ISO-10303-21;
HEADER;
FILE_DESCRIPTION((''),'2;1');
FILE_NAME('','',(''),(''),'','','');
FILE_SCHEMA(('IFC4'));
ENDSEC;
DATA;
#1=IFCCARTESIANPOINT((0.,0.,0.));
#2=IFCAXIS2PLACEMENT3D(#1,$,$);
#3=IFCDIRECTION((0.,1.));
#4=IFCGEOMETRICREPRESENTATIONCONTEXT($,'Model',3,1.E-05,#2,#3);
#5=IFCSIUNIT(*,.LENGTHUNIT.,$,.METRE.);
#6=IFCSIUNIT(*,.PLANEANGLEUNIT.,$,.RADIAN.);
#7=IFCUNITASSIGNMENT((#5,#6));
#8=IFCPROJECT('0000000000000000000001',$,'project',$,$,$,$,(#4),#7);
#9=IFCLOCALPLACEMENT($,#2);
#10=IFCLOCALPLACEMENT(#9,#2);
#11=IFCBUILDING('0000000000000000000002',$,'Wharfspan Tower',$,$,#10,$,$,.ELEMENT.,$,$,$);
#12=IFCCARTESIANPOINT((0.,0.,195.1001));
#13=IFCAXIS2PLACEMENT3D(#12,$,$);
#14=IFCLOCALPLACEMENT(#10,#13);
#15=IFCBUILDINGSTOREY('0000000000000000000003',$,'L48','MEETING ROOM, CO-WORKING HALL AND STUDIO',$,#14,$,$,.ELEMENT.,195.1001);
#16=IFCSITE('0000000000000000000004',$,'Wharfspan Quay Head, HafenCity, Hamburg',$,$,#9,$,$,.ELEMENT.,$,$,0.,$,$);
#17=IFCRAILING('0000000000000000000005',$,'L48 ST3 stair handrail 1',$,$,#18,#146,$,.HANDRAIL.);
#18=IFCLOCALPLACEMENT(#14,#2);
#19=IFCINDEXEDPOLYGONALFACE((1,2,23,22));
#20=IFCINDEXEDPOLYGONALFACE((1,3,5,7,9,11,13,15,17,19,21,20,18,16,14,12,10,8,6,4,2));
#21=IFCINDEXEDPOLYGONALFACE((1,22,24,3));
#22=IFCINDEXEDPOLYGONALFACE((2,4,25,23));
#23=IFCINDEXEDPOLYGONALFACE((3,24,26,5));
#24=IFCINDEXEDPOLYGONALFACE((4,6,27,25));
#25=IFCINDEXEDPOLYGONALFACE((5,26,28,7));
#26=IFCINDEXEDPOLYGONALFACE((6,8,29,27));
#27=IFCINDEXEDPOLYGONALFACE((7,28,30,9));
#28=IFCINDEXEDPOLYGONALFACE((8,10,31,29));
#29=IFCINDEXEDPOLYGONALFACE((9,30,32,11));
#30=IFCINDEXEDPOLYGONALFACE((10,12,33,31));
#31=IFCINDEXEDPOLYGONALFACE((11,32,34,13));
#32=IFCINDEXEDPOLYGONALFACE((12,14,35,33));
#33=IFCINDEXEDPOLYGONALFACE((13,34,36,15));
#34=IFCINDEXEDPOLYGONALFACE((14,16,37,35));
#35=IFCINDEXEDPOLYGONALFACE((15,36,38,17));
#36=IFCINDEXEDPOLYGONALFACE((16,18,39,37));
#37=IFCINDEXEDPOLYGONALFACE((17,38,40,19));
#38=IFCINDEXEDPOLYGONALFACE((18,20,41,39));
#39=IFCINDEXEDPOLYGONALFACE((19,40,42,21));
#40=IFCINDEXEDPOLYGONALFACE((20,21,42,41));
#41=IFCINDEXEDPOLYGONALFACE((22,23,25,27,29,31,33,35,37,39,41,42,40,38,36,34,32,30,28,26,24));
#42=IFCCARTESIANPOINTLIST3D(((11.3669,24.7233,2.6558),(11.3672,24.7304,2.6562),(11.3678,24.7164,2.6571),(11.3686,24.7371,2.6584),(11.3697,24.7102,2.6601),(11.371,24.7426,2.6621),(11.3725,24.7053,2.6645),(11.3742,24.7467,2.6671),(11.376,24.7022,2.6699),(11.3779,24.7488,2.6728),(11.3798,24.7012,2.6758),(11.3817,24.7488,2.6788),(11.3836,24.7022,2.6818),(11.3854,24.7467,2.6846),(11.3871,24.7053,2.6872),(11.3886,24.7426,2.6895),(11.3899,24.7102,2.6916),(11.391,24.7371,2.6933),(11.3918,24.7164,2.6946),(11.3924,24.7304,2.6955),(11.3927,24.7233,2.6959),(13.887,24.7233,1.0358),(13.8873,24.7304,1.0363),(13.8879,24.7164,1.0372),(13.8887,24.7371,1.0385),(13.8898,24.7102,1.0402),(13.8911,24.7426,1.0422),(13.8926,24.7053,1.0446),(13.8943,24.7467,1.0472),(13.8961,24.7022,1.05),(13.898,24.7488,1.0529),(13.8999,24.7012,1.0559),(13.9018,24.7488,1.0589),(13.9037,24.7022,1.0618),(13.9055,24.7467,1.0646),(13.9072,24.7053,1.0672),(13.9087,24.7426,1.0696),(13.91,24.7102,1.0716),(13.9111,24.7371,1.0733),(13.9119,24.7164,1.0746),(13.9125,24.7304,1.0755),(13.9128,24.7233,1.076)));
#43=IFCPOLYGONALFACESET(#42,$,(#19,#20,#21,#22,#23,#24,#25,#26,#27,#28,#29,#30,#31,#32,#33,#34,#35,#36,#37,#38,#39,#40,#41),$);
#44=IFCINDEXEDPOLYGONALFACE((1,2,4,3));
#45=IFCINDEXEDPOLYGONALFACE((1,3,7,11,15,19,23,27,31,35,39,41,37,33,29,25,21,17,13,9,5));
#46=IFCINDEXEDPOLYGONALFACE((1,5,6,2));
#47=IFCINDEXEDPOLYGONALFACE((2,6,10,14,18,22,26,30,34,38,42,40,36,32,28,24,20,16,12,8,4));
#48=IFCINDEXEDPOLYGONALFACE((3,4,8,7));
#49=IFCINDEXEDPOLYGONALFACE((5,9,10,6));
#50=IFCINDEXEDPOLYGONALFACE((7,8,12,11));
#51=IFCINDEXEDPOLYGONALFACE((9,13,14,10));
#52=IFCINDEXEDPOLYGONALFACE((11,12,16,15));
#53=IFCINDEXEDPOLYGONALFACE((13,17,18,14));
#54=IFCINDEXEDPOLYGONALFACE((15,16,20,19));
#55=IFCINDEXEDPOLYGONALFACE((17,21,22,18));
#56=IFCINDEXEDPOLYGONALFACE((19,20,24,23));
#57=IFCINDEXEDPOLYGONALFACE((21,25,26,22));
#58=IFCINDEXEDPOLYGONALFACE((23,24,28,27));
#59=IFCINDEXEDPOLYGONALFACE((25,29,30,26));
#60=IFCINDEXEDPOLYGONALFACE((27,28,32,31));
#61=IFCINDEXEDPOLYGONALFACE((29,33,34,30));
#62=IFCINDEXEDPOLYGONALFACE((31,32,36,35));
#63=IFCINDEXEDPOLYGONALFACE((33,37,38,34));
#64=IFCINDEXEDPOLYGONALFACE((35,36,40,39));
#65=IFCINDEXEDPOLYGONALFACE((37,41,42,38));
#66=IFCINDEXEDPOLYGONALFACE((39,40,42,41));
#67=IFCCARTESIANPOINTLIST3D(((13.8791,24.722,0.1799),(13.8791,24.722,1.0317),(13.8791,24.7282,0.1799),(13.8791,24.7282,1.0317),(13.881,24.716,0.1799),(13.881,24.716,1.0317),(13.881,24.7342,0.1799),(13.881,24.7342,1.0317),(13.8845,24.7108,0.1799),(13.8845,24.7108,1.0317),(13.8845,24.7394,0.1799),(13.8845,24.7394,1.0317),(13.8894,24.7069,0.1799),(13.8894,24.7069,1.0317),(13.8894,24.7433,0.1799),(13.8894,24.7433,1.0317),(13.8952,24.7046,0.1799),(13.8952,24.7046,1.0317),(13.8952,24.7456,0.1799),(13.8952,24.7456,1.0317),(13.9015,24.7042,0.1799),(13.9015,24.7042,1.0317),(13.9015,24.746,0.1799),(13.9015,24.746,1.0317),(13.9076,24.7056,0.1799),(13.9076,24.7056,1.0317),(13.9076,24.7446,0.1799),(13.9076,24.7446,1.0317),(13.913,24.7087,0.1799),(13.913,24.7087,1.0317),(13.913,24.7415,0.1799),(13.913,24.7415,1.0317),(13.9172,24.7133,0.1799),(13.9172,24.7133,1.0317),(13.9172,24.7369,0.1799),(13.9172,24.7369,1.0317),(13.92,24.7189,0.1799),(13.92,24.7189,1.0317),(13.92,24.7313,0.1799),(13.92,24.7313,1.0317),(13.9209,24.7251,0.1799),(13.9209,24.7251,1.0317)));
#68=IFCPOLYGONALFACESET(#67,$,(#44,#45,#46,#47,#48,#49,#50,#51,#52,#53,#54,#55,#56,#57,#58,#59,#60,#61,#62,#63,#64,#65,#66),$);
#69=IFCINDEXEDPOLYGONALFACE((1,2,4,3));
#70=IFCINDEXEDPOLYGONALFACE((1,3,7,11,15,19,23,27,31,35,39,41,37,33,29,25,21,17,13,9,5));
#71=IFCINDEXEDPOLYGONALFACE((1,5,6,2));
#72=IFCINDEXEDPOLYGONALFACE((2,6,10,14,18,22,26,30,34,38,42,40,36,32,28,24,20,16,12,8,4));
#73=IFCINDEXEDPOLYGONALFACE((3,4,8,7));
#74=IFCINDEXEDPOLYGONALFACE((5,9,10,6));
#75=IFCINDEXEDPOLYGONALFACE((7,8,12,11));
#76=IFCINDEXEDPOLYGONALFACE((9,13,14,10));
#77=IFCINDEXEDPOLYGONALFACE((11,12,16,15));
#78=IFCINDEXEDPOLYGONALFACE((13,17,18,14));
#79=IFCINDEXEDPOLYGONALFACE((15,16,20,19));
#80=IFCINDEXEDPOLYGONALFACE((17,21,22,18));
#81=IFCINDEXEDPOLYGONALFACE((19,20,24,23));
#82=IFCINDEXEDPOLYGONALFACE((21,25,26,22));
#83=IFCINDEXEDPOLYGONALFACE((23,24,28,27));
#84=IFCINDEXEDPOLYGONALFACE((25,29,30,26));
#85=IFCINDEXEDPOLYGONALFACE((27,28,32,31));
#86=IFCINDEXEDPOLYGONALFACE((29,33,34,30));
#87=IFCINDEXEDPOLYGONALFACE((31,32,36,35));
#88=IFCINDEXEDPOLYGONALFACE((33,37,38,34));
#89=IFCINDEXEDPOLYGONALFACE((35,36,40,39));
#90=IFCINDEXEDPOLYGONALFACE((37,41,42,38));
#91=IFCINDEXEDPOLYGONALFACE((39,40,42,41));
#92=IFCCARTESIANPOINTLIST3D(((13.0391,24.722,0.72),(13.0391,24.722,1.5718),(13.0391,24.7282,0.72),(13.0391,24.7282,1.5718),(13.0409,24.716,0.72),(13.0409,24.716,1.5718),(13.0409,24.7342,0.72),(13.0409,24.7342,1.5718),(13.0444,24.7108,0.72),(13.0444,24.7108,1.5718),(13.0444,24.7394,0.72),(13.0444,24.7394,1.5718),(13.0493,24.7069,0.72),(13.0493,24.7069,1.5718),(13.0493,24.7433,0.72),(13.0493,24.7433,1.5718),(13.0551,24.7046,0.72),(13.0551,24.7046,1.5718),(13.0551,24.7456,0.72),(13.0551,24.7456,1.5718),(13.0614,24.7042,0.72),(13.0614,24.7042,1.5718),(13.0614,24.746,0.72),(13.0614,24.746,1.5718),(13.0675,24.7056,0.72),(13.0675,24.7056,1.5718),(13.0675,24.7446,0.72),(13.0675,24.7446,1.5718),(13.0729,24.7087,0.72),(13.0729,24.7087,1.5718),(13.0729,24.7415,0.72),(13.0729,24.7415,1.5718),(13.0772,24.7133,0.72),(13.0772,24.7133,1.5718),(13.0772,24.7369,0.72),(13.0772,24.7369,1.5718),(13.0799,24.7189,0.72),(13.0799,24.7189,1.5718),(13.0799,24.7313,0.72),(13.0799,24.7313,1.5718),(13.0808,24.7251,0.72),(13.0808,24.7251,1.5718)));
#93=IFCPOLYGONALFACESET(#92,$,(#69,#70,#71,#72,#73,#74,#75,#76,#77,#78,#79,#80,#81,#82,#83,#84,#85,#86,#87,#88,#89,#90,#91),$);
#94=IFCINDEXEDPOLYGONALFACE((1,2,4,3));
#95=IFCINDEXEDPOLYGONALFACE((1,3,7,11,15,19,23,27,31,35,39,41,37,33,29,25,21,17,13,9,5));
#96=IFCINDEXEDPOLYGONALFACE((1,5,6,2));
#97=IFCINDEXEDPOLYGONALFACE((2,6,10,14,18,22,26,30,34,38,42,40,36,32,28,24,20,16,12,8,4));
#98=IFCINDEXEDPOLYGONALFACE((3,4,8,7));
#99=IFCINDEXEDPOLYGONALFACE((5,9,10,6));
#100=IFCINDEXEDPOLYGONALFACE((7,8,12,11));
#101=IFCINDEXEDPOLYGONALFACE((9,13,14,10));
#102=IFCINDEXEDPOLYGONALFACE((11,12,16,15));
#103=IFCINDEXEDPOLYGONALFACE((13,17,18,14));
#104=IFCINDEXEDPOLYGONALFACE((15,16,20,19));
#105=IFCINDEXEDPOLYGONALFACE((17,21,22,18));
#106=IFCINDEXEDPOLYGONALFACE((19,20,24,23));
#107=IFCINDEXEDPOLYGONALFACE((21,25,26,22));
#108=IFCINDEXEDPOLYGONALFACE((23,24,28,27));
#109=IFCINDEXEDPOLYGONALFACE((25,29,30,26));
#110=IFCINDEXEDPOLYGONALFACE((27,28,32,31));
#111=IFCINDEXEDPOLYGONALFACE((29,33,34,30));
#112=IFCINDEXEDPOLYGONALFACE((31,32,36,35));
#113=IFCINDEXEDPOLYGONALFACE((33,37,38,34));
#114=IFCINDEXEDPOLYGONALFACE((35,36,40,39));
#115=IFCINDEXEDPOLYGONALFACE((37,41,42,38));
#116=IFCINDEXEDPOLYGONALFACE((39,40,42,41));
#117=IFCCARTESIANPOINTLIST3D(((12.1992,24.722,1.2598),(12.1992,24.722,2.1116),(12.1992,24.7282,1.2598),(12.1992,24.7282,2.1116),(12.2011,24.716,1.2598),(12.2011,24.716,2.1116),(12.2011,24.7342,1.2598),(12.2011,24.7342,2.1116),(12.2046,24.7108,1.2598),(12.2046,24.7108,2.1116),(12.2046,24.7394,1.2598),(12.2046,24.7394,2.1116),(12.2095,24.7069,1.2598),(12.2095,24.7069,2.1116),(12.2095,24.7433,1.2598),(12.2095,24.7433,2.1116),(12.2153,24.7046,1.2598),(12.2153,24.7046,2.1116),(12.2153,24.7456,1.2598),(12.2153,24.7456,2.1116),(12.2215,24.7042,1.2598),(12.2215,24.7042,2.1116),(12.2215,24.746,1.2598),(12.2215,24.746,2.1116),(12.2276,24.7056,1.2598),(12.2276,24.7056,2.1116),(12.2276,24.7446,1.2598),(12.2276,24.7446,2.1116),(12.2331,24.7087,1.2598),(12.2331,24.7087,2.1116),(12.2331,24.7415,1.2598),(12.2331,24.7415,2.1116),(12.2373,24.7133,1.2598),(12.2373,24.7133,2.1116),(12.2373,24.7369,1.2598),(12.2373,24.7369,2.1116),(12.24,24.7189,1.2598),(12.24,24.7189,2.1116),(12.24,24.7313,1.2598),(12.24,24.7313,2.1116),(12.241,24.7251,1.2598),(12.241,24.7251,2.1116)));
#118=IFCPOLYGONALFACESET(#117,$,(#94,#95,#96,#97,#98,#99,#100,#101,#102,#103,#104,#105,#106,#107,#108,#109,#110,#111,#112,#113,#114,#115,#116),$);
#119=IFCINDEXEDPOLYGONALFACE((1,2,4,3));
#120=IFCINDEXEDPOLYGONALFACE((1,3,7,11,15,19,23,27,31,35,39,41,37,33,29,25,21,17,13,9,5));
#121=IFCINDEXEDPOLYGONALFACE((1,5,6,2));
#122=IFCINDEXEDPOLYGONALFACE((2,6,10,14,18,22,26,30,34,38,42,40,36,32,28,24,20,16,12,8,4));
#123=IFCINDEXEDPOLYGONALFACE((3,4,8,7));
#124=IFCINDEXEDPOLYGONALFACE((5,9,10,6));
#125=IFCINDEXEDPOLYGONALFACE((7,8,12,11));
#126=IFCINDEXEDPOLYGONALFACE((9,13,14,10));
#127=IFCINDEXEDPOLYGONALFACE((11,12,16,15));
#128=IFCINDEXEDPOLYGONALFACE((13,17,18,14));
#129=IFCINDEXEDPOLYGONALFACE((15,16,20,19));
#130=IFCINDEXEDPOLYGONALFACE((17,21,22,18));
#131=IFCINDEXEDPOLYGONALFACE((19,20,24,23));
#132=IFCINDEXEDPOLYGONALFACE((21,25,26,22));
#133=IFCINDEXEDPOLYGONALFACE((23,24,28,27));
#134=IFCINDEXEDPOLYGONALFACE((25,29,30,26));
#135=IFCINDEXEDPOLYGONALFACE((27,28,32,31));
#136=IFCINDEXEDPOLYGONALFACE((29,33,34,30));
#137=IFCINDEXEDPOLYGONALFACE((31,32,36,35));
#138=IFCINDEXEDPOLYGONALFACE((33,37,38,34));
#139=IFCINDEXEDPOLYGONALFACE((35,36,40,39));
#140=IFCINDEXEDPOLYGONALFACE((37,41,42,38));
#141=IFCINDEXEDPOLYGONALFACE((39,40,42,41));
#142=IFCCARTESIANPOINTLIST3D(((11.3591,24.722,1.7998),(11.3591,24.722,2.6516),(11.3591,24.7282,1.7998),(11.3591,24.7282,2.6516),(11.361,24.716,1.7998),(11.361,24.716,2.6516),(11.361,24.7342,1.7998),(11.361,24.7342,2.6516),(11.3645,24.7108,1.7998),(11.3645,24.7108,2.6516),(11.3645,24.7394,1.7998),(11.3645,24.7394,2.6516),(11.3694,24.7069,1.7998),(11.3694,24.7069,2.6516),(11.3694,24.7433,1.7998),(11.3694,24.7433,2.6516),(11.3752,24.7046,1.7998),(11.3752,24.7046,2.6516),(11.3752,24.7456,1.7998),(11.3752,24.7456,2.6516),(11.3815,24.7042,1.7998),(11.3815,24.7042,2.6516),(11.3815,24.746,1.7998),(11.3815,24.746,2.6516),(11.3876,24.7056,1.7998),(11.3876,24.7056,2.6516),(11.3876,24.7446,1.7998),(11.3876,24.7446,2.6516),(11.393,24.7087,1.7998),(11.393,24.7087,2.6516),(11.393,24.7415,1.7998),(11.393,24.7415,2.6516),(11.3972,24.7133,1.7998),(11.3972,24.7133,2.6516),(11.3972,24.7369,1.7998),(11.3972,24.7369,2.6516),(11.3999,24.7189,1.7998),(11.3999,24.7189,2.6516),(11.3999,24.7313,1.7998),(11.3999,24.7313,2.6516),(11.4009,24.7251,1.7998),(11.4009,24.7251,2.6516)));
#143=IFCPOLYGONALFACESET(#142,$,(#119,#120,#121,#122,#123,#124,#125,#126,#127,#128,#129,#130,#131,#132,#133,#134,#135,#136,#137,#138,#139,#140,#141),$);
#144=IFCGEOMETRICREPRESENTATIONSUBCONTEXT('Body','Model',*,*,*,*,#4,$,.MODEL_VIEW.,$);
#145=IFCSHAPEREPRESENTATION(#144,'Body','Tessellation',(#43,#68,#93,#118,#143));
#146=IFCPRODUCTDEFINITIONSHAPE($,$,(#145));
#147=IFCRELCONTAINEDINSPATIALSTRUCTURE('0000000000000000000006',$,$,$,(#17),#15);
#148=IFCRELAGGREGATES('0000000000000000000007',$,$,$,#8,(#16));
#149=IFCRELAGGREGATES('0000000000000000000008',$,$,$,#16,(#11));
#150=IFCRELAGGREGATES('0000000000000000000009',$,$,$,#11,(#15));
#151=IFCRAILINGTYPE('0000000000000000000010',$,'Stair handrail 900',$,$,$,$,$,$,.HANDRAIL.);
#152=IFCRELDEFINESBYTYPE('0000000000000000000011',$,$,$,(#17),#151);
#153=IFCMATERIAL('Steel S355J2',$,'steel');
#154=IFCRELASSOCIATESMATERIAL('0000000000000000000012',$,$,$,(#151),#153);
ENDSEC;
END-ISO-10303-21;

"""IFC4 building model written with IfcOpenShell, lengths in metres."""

from ifc_helpers import new_model, si_unit, direction, frame, origin, origin_2d, place, context, subcontext, project, spatial, circle, extrude, material, type_object, element, save


model = new_model("IFC4")

# Units and contexts
model_context = context("Model", 3, precision=1e-05, world=origin(), true_north=direction((0.0, 1.0)))
body_context = subcontext(model_context, "Body", "Model", "MODEL_VIEW")
ifc_project = project(units=[si_unit("LENGTHUNIT", "METRE"), si_unit("PLANEANGLEUNIT", "RADIAN")], contexts=[model_context])

# Site, building, storey
site_placement = place(None, origin())
site = spatial("IfcSite", under=ifc_project, at=site_placement, Name="Wharfspan Quay Head, HafenCity, Hamburg", CompositionType="ELEMENT", RefElevation=0.0)
building_placement = place(site_placement, origin())
building = spatial("IfcBuilding", under=site, at=building_placement, Name="Wharfspan Tower", CompositionType="ELEMENT")
storey_placement = place(building_placement, frame((0.0, 0.0, 195.1001)))
storey = spatial("IfcBuildingStorey", under=building, at=storey_placement, Name="L48", Description="MEETING ROOM, CO-WORKING HALL AND STUDIO", CompositionType="ELEMENT", Elevation=195.1001)

# Railing
ifc_material_1 = material(Name="Steel S355J2", Category="steel")
railing_type_1 = type_object("IfcRailingType", Name="Stair handrail 900", PredefinedType="HANDRAIL", material=ifc_material_1)
railing_1_placement = place(storey_placement, frame((13.8999, 24.7251, 0.1799)))
element("IfcRailing", 1, at=railing_1_placement, inside=storey, type_object=railing_type_1, Name="L48 ST3 stair handrail 1", PredefinedType="HANDRAIL", context=body_context, shape_type="SweptSolid", body=[
    extrude(circle(Radius=0.0239, at=origin_2d()), frame((0.0, 0.0, 0.876), z_axis=(-0.8412, 0.0, 0.540725), x_axis=(0.0, -1.0, 0.0)), (0.0, 0.0, 1.0), 2.9958),
    extrude(circle(Radius=0.021, at=origin_2d()), origin(), (0.0, 0.0, 1.0), 0.8518),
    extrude(circle(Radius=0.021, at=origin_2d()), frame((-0.8401, 0.0, 0.54)), (0.0, 0.0, 1.0), 0.8518),
    extrude(circle(Radius=0.021, at=origin_2d()), frame((-1.6799, 0.0, 1.0798)), (0.0, 0.0, 1.0), 0.8518),
    extrude(circle(Radius=0.021, at=origin_2d()), frame((-2.52, 0.0, 1.6199)), (0.0, 0.0, 1.0), 0.8518),
])

save(model, "model.ifc")
